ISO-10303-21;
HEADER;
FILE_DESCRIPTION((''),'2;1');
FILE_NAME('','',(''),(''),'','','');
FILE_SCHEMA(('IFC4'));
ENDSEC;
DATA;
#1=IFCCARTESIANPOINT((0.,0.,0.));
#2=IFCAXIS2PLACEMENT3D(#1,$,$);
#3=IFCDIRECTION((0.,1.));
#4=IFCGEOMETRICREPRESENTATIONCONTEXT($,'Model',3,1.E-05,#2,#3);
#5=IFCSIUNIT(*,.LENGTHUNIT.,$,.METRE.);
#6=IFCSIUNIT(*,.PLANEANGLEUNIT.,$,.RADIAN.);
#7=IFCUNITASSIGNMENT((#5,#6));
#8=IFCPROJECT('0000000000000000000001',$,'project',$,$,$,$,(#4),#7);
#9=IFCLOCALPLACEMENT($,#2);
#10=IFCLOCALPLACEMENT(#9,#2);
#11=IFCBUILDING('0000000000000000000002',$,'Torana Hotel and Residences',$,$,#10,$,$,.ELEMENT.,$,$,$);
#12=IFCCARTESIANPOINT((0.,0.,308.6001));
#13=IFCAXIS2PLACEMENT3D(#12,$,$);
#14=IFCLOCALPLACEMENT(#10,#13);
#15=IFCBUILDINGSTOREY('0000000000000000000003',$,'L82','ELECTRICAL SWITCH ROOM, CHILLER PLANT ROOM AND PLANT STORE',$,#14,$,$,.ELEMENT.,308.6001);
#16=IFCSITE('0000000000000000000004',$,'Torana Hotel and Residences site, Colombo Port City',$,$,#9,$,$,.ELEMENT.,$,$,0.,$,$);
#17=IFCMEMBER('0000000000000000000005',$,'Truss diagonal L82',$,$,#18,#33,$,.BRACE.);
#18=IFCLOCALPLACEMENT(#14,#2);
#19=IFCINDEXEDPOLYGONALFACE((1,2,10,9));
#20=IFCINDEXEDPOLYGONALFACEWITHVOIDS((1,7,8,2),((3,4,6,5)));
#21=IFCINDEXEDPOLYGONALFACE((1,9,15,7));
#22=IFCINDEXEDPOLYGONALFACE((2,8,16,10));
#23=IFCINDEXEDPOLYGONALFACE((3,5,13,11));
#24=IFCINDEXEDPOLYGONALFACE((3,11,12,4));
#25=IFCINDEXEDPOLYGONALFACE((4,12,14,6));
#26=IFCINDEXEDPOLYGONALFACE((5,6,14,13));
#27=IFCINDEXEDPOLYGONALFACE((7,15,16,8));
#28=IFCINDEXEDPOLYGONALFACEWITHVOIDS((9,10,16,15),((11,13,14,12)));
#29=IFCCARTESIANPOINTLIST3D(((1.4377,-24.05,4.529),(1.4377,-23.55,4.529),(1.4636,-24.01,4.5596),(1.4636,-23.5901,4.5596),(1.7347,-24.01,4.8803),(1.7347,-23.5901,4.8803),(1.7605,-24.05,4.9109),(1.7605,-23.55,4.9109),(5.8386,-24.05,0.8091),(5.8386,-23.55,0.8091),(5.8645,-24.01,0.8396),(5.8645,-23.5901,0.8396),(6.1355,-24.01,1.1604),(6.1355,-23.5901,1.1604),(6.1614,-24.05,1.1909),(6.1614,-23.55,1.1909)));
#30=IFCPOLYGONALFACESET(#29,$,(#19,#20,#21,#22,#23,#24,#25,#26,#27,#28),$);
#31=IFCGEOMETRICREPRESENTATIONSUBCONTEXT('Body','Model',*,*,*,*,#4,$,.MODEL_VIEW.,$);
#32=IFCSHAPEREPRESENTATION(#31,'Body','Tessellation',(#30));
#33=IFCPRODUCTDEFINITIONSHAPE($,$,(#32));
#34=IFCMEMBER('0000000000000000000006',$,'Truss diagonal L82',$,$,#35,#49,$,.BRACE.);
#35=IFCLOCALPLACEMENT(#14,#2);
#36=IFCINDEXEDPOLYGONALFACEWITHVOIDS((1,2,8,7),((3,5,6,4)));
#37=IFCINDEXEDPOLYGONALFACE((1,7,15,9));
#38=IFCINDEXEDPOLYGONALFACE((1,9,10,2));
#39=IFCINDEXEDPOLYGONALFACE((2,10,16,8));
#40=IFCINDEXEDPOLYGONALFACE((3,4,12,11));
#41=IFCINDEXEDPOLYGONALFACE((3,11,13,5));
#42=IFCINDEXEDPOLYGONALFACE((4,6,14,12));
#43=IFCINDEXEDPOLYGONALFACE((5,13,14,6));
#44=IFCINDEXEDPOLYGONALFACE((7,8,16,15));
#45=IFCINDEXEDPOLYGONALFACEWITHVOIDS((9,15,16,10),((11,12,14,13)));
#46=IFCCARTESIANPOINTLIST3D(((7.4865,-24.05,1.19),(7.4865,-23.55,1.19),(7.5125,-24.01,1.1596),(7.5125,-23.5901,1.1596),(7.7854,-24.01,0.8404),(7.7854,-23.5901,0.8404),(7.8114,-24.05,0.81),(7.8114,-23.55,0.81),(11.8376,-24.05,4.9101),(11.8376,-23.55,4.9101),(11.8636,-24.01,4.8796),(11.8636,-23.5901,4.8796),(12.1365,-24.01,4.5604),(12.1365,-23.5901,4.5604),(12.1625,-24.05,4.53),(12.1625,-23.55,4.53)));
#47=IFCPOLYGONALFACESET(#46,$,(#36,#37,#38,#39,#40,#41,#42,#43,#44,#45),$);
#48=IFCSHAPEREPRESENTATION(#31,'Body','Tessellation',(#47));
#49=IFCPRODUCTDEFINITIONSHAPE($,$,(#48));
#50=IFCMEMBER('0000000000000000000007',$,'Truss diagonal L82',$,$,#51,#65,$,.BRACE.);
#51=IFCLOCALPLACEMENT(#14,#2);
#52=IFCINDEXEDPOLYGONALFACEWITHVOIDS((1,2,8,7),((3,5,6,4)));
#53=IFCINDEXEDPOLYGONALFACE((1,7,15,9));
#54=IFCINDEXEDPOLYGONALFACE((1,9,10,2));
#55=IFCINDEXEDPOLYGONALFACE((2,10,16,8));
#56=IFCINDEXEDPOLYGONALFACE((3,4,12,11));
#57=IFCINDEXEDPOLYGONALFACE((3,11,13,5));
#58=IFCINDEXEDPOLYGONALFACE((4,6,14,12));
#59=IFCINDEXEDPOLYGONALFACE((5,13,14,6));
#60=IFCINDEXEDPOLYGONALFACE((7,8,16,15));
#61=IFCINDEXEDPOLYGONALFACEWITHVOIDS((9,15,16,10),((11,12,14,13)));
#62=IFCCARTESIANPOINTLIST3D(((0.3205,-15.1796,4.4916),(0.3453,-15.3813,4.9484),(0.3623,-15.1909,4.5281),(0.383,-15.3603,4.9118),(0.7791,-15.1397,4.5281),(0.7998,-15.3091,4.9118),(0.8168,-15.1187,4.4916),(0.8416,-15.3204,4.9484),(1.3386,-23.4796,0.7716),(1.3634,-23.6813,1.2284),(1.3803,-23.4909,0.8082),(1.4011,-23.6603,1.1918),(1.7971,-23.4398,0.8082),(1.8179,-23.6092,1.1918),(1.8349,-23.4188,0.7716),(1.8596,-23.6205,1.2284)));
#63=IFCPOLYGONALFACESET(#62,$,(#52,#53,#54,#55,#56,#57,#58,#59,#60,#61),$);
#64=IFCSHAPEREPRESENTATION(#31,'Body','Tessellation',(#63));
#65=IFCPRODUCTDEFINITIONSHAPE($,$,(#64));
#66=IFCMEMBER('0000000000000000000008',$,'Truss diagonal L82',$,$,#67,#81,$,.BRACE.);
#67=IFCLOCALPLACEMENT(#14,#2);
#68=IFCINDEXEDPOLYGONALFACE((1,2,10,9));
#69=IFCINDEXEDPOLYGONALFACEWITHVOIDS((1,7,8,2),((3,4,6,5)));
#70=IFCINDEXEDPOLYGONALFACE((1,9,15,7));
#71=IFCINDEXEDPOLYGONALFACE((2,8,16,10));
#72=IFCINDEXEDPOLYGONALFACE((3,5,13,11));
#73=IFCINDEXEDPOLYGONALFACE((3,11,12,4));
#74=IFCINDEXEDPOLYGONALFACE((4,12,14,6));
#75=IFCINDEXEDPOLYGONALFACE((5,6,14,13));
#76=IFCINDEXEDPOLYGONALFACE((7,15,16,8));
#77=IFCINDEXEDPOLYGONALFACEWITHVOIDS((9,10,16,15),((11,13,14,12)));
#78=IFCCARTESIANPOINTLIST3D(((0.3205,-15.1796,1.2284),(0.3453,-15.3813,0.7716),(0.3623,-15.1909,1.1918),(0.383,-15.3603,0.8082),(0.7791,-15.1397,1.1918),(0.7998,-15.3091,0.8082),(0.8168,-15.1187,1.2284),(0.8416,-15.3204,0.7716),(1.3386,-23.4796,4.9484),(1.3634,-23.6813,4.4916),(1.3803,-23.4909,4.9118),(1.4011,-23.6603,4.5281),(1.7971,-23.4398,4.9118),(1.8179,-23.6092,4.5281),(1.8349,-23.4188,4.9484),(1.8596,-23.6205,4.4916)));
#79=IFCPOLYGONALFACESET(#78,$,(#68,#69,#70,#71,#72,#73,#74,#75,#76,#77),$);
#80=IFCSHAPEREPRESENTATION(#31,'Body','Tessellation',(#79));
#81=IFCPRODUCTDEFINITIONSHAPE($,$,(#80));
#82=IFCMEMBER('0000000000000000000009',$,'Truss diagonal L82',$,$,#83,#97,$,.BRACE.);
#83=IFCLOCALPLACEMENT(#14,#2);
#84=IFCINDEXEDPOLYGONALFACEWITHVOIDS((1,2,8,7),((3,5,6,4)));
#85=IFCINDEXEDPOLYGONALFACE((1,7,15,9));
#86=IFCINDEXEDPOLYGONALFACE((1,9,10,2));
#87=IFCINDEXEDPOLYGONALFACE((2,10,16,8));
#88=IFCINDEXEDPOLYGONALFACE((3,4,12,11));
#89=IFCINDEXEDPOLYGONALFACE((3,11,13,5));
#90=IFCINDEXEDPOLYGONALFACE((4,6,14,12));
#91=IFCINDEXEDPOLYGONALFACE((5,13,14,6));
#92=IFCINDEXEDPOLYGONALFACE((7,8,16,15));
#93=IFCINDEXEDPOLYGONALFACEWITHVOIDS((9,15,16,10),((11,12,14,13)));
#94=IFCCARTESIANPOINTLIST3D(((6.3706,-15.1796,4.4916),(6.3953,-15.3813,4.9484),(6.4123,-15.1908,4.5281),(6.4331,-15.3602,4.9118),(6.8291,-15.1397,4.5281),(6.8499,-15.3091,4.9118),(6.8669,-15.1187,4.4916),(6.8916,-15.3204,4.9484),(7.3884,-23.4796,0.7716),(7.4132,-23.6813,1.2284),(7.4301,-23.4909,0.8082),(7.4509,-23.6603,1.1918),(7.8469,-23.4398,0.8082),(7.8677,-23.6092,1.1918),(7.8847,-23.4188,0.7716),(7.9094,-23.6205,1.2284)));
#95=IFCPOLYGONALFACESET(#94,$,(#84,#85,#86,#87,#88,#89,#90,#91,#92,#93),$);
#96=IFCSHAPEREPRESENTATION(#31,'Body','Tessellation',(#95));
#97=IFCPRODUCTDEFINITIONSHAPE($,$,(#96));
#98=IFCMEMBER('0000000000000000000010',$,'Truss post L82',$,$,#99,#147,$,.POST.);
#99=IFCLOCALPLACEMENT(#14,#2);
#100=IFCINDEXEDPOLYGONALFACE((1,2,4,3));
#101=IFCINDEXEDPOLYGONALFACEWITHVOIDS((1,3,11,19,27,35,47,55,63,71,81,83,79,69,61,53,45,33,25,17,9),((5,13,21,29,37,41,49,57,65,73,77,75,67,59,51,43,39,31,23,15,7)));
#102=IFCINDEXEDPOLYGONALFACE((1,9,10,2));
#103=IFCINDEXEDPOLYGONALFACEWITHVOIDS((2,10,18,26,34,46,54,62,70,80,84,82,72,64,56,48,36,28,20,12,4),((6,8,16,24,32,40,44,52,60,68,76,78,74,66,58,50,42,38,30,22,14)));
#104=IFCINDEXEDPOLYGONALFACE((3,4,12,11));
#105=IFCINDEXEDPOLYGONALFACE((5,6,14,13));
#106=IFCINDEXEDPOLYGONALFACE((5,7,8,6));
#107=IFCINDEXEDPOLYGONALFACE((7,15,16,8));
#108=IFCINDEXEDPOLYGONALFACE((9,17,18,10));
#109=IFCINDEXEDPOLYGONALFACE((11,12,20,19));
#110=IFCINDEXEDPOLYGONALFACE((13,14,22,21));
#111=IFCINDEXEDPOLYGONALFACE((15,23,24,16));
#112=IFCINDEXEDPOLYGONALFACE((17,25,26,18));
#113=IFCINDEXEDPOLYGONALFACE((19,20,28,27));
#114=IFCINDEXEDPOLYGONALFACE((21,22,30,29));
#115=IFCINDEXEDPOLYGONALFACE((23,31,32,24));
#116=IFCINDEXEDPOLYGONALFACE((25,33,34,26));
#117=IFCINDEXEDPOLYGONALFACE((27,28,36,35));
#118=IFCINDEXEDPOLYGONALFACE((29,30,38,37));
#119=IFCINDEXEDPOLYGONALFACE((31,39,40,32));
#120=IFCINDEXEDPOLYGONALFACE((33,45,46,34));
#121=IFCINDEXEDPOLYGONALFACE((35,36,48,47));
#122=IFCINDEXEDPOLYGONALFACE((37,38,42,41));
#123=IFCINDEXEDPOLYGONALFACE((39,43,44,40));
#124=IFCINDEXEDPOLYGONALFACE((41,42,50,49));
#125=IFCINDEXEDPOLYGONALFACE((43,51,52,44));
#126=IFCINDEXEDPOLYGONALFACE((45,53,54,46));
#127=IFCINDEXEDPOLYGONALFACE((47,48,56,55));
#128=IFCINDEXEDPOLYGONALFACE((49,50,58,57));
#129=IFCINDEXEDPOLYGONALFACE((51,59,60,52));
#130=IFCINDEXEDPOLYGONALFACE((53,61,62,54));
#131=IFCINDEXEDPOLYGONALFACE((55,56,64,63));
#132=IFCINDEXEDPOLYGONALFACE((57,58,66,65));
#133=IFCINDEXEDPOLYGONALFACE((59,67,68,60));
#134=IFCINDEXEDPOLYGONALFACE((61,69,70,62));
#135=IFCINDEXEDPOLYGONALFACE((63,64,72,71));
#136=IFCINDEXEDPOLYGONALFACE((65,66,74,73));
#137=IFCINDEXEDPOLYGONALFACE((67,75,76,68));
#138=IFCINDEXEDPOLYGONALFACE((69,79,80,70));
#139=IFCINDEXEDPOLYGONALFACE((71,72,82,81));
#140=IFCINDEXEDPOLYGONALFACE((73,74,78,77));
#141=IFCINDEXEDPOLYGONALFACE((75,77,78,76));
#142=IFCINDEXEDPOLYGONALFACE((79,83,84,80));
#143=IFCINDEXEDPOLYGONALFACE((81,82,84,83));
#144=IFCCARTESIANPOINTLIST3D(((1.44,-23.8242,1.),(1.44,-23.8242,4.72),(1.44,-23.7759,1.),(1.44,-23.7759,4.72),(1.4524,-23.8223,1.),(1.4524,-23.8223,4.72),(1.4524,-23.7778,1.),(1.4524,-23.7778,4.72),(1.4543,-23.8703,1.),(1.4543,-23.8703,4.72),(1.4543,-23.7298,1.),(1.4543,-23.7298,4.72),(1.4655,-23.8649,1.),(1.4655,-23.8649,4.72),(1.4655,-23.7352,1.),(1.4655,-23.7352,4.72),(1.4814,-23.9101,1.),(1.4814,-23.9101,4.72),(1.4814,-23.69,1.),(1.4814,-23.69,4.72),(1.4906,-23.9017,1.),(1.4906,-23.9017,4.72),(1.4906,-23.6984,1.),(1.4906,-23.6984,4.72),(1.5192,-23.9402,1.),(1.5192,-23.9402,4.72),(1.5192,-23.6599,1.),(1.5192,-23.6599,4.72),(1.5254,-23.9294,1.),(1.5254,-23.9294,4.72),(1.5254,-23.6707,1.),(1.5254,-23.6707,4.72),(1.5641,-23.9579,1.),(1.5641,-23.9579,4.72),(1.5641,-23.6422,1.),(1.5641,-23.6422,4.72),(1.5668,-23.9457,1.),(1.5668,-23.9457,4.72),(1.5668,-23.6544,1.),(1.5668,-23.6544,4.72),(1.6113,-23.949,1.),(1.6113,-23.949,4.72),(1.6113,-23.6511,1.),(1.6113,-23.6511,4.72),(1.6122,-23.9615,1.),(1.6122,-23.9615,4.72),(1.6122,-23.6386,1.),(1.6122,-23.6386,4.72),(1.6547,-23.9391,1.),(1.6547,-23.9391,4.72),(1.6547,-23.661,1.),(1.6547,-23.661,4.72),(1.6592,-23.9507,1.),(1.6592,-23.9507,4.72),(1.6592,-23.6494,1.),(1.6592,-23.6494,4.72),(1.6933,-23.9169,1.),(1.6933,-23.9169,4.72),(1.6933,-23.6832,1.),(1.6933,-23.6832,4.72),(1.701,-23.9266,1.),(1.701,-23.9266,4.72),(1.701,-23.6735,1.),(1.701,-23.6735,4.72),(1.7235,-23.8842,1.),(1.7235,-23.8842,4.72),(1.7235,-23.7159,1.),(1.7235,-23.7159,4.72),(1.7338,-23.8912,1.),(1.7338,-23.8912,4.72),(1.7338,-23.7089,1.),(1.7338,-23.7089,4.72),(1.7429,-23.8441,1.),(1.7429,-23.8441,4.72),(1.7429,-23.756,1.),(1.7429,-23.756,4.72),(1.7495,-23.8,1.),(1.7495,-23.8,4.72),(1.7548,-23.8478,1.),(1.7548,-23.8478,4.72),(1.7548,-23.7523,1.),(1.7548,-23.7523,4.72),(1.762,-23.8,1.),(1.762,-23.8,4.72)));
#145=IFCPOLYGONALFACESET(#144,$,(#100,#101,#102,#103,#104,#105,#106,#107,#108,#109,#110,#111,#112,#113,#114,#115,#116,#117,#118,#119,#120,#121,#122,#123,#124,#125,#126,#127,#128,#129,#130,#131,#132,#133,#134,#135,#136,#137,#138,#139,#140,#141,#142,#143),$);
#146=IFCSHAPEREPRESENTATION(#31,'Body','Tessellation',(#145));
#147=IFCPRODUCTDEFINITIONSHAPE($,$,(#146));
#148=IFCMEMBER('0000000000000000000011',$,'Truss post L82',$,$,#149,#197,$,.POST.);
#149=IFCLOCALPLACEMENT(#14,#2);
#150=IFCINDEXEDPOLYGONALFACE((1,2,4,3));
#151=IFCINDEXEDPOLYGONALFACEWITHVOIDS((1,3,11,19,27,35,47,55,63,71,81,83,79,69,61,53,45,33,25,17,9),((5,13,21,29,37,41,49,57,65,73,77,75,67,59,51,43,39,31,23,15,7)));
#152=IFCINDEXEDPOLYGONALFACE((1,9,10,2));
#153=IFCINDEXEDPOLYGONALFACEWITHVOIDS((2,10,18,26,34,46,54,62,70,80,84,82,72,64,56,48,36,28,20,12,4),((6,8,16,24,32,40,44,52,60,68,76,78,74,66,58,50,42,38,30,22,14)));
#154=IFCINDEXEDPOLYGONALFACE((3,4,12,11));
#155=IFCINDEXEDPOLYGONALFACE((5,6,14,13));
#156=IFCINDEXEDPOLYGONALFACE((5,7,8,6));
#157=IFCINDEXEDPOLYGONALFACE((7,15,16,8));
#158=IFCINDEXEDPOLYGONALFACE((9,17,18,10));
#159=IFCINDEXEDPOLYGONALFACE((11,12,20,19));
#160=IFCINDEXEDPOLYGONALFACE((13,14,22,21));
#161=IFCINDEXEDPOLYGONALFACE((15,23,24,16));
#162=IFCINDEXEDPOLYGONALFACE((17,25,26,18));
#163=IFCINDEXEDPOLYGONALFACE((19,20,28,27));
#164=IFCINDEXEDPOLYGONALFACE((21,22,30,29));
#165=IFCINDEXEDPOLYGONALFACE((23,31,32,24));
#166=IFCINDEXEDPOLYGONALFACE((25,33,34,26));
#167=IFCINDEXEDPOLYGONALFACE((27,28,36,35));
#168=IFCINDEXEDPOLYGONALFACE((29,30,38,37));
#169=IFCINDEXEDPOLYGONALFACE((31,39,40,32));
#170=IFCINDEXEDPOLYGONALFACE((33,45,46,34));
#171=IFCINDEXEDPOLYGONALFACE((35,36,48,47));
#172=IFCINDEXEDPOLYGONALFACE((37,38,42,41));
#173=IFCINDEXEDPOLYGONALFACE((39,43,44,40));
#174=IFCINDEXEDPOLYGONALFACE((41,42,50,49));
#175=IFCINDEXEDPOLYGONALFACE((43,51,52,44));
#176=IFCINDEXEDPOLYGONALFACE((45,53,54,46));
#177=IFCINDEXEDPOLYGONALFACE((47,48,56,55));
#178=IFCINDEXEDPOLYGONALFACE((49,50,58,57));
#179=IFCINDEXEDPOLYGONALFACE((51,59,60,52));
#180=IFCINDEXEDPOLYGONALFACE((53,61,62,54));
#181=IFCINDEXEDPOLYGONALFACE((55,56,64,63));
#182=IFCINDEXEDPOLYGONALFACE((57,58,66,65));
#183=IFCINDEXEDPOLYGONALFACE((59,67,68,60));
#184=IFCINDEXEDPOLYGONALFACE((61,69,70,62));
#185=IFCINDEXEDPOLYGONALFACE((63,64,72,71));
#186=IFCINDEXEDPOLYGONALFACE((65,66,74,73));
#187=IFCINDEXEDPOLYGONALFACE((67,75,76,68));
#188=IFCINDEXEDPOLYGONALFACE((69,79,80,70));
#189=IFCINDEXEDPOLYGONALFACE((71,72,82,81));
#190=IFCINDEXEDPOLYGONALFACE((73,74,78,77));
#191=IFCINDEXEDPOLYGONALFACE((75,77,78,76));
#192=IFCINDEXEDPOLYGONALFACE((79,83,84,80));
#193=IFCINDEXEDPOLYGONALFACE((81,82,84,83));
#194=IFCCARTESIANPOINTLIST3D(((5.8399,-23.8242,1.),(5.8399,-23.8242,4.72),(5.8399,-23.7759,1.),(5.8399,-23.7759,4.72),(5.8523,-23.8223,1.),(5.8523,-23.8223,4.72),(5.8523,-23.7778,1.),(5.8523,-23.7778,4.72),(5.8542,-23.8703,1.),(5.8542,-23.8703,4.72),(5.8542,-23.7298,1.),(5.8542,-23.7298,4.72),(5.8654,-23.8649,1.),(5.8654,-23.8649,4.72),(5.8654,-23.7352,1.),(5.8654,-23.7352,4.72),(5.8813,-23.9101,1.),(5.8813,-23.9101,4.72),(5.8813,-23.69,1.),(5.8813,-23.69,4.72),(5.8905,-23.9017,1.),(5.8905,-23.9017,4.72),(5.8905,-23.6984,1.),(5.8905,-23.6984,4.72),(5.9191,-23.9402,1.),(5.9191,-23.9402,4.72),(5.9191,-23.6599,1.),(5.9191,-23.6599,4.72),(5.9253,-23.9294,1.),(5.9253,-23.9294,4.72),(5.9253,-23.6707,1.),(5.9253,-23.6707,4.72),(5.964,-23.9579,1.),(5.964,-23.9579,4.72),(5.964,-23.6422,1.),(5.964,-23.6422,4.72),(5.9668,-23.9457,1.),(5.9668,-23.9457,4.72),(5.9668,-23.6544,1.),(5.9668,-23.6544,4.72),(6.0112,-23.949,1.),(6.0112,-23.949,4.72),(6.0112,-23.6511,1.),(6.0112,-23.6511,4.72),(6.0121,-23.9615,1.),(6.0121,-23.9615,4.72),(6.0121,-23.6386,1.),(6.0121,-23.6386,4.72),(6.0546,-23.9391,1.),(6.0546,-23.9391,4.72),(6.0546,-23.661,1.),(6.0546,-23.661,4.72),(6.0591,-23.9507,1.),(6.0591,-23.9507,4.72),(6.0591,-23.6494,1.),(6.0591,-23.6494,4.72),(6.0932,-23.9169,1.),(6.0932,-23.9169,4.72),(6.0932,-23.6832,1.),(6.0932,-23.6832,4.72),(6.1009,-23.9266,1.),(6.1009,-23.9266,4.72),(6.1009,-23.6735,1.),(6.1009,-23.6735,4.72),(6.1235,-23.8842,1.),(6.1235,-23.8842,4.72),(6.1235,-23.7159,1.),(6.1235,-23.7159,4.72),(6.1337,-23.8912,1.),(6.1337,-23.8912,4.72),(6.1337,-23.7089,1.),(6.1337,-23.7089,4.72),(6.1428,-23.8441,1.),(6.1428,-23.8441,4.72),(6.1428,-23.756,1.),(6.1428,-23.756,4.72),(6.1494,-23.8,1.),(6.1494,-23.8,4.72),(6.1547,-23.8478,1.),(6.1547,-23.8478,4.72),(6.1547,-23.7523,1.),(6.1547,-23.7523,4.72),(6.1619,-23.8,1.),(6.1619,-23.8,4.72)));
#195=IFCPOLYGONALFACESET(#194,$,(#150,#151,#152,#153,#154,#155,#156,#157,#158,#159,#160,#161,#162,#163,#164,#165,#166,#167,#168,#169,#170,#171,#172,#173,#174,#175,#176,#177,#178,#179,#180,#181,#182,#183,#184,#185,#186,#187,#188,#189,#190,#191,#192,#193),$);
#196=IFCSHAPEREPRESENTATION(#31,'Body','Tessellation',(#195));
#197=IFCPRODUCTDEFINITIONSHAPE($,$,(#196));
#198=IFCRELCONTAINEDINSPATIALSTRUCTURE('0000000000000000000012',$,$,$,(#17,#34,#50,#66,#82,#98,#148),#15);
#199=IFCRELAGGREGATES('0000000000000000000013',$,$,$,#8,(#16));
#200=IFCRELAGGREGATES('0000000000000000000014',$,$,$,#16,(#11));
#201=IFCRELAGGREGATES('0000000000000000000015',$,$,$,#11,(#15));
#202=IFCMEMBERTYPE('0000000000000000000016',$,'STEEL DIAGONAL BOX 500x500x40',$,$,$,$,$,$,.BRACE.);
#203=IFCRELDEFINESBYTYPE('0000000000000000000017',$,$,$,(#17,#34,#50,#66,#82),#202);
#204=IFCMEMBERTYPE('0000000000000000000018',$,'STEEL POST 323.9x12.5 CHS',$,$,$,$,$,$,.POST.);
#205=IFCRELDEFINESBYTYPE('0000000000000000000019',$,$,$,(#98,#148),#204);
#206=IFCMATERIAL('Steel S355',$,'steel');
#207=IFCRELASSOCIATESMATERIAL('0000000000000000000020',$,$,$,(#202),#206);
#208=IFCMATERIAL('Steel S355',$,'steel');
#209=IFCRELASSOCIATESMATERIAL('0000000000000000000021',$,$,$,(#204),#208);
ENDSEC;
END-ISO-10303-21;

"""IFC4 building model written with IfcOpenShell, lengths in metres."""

from ifc_helpers import new_model, si_unit, direction, frame, origin, origin_2d, place, context, subcontext, project, spatial, hollow_rectangle, hollow_circle, extrude, material, material_profile, profile_set, type_object, element, save


model = new_model("IFC4")

# Units and contexts
model_context = context("Model", 3, precision=1e-05, world=origin(), true_north=direction((0.0, 1.0)))
body_context = subcontext(model_context, "Body", "Model", "MODEL_VIEW")
ifc_project = project(units=[si_unit("LENGTHUNIT", "METRE"), si_unit("PLANEANGLEUNIT", "RADIAN")], contexts=[model_context])

# Site, building, storey
site_placement = place(None, origin())
site = spatial("IfcSite", under=ifc_project, at=site_placement, Name="Torana Hotel and Residences site, Colombo Port City", CompositionType="ELEMENT", RefElevation=0.0)
building_placement = place(site_placement, origin())
building = spatial("IfcBuilding", under=site, at=building_placement, Name="Torana Hotel and Residences", CompositionType="ELEMENT")
storey_placement = place(building_placement, frame((0.0, 0.0, 308.6001)))
storey = spatial("IfcBuildingStorey", under=building, at=storey_placement, Name="L82", Description="ELECTRICAL SWITCH ROOM, CHILLER PLANT ROOM AND PLANT STORE", CompositionType="ELEMENT", Elevation=308.6001)

# Members
ifc_material_1 = material(Name="Steel S355", Category="steel")
ifc_material_profile_1 = material_profile(ifc_material_1, hollow_rectangle(XDim=0.5, YDim=0.5, WallThickness=0.04, at=origin_2d()), Name="BOX 500x500x40")
ifc_profile_set_1 = profile_set([ifc_material_profile_1], Name="Steel S355")
member_type_1 = type_object("IfcMemberType", Name="STEEL DIAGONAL BOX 500x500x40", PredefinedType="BRACE", material=ifc_profile_set_1)
for number, where, z_axis, x_axis, name in (
    (1, (6.0, -23.8, 1.0), (-0.763716, 0.0, 0.645553), (0.0, -1.0, 0.0), "Truss diagonal L82"),
):
    element("IfcMember", number, at=place(storey_placement, frame(where, z_axis=z_axis, x_axis=x_axis)), inside=storey, type_object=member_type_1, Name=name, PredefinedType="BRACE", context=body_context, shape_type="SweptSolid", body=[
        extrude(hollow_rectangle(XDim=0.5, YDim=0.5, WallThickness=0.04, at=origin_2d()), origin(), (0.0, 0.0, 1.0), 5.7625),
    ])
member_1_placement = place(storey_placement, frame((7.6489, -23.8, 1.0), z_axis=(0.760078, 0.0, 0.649832), x_axis=(0.0, 1.0, 0.0)))
element("IfcMember", 2, at=member_1_placement, inside=storey, type_object=member_type_1, Name="Truss diagonal L82", PredefinedType="BRACE", context=body_context, shape_type="SweptSolid", body=[
    extrude(hollow_rectangle(XDim=0.5, YDim=0.5, WallThickness=0.04, at=origin_2d()), origin(), (0.0, 0.0, 1.0), 5.7246),
])
for number, where, z_axis, x_axis, name in (
    (3, (1.5991, -23.55, 1.0), (-0.111236, 0.906877, 0.40645), (-0.992561, -0.121745, 0.0), "Truss diagonal L82"),
    (4, (0.5811, -15.25, 1.0), (0.111236, -0.906877, 0.40645), (0.992561, 0.121745, 0.0), "Truss diagonal L82"),
    (5, (7.6489, -23.55, 1.0), (-0.111209, 0.906879, 0.406451), (-0.992565, -0.121717, 0.0), "Truss diagonal L82"),
):
    element("IfcMember", number, at=place(storey_placement, frame(where, z_axis=z_axis, x_axis=x_axis)), inside=storey, type_object=member_type_1, Name=name, PredefinedType="BRACE", context=body_context, shape_type="SweptSolid", body=[
        extrude(hollow_rectangle(XDim=0.5, YDim=0.5, WallThickness=0.04, at=origin_2d()), origin(), (0.0, 0.0, 1.0), 9.1523),
    ])
ifc_material_2 = material(Name="Steel S355", Category="steel")
ifc_material_profile_2 = material_profile(ifc_material_2, hollow_circle(Radius=0.1619, WallThickness=0.0125, at=origin_2d()), Name="323.9x12.5 CHS")
ifc_profile_set_2 = profile_set([ifc_material_profile_2], Name="Steel S355")
member_type_2 = type_object("IfcMemberType", Name="STEEL POST 323.9x12.5 CHS", PredefinedType="POST", material=ifc_profile_set_2)
for number, where, z_axis, x_axis, name in (
    (6, (1.6001, -23.8, 1.0), (0.0, 0.0, 1.0), (1.0, 0.0, 0.0), "Truss post L82"),
    (7, (6.0, -23.8, 1.0), (0.0, 0.0, 1.0), (1.0, 0.0, 0.0), "Truss post L82"),
):
    element("IfcMember", number, at=place(storey_placement, frame(where, z_axis=z_axis, x_axis=x_axis)), inside=storey, type_object=member_type_2, Name=name, PredefinedType="POST", context=body_context, shape_type="SweptSolid", body=[
        extrude(hollow_circle(Radius=0.1619, WallThickness=0.0125, at=origin_2d()), origin(), (0.0, 0.0, 1.0), 3.72),
    ])

save(model, "model.ifc")
